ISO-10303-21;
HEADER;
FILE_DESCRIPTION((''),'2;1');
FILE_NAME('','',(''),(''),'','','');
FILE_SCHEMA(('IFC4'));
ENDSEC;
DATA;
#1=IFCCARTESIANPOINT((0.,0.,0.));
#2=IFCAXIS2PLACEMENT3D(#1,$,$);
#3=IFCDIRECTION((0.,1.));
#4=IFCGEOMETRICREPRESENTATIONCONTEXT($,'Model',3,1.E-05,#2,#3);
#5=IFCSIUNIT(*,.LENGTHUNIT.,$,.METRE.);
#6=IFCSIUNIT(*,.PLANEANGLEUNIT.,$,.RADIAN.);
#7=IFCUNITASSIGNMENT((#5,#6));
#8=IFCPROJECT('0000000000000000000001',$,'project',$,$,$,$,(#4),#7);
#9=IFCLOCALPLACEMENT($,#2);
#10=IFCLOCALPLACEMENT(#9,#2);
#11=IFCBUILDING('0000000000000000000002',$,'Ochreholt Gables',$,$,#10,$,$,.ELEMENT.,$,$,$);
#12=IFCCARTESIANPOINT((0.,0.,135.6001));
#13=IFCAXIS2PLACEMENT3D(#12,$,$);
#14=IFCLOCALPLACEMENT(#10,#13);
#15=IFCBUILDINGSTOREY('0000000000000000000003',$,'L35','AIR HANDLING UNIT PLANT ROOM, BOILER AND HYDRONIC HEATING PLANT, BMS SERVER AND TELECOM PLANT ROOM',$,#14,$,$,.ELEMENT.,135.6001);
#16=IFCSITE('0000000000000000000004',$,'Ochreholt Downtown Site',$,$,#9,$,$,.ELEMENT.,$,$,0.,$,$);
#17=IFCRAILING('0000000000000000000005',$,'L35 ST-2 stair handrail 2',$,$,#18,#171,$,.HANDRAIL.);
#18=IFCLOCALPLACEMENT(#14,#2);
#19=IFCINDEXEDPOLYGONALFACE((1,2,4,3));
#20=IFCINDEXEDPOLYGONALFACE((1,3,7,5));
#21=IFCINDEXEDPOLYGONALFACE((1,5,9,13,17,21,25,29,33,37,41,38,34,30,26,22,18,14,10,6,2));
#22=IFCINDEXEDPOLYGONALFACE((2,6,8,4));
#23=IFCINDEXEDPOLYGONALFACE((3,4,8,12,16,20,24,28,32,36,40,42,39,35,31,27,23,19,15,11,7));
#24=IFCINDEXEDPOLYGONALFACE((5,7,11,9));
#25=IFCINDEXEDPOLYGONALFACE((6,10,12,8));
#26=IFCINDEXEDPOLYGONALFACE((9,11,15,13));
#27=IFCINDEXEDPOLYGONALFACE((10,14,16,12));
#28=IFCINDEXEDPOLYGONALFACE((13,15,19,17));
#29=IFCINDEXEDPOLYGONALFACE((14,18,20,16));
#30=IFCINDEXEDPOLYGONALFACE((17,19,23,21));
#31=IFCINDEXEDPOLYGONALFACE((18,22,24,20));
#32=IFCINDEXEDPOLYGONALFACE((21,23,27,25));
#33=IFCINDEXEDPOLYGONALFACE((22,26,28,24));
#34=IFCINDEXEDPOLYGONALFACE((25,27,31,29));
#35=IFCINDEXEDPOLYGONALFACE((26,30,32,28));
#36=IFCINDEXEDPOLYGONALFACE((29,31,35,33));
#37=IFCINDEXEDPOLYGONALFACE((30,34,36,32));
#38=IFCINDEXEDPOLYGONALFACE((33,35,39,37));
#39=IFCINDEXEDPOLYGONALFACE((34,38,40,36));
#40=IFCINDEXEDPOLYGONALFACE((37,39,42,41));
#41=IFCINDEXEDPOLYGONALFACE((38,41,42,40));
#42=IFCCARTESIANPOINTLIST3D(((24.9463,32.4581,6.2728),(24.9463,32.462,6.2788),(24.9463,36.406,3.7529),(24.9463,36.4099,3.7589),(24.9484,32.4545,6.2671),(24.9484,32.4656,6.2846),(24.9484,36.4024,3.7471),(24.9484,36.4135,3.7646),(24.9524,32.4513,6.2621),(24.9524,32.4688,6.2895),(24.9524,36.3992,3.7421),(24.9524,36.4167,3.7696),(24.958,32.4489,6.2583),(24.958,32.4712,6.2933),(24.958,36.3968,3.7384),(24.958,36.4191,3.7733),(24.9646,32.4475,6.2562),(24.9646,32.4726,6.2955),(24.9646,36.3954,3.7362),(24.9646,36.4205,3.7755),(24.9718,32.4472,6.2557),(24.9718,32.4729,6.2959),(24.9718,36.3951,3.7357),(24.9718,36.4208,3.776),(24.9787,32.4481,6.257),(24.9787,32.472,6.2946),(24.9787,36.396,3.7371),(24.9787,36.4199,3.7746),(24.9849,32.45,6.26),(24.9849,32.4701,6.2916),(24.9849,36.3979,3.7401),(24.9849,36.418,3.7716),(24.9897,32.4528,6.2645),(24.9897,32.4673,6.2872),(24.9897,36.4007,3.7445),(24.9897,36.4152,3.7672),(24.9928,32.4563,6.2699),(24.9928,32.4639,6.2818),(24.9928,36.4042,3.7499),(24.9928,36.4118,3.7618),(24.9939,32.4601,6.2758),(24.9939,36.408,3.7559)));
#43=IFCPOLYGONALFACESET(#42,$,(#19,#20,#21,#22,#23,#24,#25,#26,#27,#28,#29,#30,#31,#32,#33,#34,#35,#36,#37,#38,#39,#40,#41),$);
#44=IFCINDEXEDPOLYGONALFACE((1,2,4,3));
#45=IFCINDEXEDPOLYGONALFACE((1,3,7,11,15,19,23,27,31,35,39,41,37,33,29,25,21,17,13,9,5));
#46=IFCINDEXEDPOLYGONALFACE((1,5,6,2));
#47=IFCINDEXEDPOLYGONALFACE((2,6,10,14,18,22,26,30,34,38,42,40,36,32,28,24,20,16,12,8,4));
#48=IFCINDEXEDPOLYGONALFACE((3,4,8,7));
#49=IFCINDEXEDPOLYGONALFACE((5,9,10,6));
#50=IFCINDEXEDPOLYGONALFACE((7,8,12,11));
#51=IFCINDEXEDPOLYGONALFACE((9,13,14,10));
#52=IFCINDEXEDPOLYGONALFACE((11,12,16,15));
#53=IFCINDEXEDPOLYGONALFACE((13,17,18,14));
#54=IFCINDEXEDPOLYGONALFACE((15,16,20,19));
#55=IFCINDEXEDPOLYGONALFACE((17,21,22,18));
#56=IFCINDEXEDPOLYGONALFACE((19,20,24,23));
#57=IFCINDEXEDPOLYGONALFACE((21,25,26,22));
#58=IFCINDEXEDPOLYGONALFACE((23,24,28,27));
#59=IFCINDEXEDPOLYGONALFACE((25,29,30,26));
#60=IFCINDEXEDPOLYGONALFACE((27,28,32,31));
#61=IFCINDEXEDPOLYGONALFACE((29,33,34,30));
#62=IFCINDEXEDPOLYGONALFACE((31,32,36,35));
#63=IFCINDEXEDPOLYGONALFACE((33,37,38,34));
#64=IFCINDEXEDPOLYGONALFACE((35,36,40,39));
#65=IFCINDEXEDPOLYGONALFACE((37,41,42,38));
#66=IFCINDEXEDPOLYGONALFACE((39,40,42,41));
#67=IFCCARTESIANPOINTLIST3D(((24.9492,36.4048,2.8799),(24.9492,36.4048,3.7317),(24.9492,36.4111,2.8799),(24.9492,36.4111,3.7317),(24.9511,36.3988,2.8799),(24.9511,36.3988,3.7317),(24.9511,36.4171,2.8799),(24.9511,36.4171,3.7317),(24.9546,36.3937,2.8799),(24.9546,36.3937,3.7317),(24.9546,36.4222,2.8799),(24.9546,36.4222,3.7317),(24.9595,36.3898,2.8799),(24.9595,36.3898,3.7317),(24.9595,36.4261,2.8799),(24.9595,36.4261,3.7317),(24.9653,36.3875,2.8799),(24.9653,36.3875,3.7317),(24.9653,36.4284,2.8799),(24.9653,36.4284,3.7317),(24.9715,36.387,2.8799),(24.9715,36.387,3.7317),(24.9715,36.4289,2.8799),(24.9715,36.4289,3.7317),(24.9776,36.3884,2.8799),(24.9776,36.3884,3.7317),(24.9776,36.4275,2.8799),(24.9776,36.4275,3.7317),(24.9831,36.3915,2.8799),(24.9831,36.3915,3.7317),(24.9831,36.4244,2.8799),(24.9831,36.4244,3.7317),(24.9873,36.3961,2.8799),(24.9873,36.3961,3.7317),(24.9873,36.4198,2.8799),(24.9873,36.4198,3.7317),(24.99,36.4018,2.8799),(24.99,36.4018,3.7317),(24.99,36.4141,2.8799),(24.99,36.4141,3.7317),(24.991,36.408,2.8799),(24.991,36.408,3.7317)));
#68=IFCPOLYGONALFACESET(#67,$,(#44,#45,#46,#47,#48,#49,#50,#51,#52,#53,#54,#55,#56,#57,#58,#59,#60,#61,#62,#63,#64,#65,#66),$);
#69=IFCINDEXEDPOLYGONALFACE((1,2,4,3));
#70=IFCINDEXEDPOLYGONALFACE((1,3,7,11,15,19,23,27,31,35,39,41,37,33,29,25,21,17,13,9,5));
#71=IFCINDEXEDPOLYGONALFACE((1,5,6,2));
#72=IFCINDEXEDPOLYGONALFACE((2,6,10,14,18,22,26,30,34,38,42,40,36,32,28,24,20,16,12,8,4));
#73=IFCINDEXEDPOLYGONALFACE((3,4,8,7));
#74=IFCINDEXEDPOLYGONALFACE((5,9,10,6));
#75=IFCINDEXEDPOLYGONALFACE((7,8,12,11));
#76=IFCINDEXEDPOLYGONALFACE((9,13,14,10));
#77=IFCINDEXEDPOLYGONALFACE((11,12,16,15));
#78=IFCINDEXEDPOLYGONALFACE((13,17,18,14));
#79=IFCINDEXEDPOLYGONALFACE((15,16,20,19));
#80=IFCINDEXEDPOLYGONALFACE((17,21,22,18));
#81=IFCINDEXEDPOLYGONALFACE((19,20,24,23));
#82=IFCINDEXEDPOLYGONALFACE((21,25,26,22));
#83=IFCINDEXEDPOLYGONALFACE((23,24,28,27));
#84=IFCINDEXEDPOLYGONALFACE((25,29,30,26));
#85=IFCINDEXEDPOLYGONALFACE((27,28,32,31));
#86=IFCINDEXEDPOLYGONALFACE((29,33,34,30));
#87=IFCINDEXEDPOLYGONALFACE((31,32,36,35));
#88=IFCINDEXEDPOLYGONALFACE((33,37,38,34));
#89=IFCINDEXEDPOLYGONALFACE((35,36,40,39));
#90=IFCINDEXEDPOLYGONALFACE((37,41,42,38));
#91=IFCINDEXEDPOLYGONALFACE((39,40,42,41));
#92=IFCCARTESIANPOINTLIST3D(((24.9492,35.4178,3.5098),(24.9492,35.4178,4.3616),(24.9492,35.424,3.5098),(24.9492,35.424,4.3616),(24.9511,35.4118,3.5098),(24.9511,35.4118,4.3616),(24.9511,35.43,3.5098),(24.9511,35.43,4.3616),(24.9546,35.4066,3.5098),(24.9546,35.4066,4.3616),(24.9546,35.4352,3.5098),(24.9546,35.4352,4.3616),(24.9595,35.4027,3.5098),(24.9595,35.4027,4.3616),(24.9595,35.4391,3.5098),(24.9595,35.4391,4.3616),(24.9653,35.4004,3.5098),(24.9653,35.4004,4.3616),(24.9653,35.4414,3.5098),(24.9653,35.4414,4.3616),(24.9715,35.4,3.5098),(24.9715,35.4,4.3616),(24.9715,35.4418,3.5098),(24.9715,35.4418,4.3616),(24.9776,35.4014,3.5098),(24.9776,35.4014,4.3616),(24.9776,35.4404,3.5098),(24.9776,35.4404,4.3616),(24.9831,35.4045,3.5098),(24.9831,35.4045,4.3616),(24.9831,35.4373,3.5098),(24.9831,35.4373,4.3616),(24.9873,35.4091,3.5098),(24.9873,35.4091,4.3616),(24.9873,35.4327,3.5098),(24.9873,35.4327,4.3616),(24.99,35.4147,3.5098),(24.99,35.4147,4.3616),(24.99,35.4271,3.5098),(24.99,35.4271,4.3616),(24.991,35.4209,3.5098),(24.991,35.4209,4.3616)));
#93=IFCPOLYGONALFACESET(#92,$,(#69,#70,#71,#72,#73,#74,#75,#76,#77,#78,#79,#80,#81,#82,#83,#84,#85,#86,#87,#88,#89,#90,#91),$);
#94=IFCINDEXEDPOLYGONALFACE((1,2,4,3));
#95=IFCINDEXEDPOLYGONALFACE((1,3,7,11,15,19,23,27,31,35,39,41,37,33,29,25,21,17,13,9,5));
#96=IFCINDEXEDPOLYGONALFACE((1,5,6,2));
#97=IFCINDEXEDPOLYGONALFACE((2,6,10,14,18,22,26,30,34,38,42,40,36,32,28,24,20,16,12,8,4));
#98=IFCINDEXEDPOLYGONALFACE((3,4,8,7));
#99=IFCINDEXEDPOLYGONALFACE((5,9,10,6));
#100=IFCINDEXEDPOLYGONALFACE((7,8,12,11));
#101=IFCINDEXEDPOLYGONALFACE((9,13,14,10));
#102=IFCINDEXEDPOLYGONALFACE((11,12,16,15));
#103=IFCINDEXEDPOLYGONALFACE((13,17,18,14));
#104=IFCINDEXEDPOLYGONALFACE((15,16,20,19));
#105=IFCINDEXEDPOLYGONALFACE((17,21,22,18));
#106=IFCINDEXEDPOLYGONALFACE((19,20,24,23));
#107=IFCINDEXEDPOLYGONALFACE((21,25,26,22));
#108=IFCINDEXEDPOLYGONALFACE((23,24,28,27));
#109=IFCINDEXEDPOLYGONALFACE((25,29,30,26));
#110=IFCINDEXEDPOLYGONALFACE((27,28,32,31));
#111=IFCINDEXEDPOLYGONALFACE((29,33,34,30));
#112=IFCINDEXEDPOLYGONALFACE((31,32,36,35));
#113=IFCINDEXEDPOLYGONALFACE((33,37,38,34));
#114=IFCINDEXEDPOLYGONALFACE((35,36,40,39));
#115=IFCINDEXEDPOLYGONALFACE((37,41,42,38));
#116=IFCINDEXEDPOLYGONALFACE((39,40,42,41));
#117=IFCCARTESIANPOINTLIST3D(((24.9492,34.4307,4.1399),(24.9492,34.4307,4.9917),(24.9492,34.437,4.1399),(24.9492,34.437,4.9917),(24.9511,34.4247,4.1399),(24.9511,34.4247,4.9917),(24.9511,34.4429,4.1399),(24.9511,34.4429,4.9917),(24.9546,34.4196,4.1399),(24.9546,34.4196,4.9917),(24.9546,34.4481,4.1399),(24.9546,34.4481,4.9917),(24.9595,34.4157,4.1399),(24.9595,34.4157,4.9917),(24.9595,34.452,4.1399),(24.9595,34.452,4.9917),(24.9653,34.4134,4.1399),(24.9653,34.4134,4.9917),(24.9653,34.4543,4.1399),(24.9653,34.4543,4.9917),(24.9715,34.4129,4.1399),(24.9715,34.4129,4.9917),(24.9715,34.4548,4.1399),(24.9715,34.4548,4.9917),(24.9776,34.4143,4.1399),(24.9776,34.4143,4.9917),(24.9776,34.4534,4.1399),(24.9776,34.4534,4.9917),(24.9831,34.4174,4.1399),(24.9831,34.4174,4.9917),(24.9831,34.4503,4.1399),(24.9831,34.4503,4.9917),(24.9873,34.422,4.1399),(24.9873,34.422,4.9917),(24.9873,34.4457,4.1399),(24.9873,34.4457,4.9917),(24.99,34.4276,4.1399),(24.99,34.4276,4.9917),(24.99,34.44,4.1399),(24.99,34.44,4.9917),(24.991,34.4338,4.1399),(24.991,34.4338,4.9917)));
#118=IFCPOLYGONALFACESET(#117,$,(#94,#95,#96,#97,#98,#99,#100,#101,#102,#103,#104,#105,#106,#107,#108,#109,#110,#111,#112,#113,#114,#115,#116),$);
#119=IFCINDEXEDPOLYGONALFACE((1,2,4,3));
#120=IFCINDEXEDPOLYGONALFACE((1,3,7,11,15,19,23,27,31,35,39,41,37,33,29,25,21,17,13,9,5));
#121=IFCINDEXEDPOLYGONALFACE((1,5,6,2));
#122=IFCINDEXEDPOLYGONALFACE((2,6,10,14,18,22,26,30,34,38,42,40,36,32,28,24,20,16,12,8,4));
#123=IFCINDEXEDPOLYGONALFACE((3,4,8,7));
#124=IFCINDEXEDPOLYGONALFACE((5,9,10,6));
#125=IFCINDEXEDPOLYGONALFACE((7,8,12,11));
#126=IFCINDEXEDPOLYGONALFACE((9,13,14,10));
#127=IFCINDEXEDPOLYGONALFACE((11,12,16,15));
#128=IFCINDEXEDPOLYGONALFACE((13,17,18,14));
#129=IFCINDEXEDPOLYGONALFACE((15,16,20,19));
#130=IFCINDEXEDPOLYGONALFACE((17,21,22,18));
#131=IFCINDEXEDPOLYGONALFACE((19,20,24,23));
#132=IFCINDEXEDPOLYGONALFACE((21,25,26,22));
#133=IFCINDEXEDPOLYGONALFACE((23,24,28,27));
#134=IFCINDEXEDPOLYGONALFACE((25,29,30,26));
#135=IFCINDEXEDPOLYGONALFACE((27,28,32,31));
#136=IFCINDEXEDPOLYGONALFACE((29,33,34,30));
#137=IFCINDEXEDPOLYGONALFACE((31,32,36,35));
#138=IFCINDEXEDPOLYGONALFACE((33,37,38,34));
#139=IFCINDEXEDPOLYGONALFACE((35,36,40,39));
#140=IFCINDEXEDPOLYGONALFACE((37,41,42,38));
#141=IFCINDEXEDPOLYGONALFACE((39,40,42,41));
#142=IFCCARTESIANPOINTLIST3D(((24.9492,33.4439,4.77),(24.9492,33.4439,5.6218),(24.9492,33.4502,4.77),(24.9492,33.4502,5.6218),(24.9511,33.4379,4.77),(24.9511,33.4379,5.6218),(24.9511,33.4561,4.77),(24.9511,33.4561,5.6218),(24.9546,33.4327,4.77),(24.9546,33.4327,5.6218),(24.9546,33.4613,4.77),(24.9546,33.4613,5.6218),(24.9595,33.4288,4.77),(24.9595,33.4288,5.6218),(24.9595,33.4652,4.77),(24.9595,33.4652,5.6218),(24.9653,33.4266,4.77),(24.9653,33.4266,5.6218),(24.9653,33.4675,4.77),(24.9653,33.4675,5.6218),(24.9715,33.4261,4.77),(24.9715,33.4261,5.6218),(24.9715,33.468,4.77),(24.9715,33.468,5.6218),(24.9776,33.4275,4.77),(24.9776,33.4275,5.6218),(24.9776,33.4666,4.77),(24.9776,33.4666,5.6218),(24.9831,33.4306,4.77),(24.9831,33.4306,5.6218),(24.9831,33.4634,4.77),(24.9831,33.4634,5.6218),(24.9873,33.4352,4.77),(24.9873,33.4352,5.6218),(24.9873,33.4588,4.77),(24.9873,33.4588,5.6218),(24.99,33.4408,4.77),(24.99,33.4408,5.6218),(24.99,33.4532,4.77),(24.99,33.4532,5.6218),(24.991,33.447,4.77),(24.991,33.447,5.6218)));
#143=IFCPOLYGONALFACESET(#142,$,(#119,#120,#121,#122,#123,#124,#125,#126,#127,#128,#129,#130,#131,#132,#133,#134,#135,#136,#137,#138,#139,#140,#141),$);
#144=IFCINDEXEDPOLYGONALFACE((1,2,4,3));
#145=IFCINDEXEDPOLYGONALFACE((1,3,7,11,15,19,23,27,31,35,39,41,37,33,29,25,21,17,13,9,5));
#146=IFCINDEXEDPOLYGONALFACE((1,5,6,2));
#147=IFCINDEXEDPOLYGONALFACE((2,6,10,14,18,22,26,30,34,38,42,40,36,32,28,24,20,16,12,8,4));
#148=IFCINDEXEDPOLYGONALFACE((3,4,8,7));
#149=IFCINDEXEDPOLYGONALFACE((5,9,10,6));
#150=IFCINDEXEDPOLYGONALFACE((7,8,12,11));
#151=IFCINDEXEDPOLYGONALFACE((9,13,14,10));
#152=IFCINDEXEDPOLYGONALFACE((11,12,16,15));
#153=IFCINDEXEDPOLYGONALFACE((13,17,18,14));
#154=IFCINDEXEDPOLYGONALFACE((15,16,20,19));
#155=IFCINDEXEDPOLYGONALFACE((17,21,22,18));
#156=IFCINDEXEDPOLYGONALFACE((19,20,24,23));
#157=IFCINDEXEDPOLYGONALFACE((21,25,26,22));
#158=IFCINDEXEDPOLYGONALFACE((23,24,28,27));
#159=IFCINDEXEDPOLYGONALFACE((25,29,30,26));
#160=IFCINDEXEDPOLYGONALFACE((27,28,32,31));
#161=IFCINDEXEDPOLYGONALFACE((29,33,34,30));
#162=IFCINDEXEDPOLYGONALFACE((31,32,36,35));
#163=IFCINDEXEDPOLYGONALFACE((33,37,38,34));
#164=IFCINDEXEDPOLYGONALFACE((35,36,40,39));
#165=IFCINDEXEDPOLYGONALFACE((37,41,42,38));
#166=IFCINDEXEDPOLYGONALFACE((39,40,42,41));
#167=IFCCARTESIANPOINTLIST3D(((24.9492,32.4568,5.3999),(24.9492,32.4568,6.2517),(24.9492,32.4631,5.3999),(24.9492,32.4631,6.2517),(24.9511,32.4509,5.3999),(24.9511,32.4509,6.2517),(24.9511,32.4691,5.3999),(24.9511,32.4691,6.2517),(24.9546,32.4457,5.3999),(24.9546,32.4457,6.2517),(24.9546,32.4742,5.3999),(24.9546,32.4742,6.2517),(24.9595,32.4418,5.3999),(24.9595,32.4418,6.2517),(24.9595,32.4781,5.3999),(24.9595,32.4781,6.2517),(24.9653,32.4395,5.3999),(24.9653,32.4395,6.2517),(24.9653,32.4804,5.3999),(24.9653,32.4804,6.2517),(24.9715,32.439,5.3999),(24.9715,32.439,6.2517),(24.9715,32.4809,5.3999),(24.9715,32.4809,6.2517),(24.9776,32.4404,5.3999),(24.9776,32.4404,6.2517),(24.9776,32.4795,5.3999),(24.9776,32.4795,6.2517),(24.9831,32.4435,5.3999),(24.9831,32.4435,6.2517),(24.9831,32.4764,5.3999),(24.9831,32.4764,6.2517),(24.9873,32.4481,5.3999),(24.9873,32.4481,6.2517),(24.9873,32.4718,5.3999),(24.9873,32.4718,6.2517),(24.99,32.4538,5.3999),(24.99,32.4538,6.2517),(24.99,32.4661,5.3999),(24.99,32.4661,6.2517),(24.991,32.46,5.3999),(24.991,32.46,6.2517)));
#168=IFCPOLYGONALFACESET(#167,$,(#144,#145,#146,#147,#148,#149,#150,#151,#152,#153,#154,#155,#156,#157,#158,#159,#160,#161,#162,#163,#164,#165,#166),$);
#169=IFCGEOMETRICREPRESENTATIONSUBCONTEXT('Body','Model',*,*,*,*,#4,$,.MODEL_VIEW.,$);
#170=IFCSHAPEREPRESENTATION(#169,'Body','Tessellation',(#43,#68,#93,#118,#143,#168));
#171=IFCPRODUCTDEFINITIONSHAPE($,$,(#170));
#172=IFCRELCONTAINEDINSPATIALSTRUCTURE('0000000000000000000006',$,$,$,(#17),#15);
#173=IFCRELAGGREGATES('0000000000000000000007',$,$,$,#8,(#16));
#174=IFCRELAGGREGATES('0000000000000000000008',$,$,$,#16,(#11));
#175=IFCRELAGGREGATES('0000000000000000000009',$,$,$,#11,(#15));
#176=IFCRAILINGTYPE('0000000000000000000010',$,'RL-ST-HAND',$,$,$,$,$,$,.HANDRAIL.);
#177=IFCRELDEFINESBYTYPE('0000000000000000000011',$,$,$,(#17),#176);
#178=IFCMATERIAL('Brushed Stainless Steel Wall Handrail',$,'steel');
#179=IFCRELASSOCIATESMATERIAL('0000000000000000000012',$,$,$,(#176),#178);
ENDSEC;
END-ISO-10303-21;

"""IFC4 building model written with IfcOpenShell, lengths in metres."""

from ifc_helpers import new_model, si_unit, direction, frame, origin, origin_2d, place, context, subcontext, project, spatial, circle, extrude, material, type_object, element, save


model = new_model("IFC4")

# Units and contexts
model_context = context("Model", 3, precision=1e-05, world=origin(), true_north=direction((0.0, 1.0)))
body_context = subcontext(model_context, "Body", "Model", "MODEL_VIEW")
ifc_project = project(units=[si_unit("LENGTHUNIT", "METRE"), si_unit("PLANEANGLEUNIT", "RADIAN")], contexts=[model_context])

# Site, building, storey
site_placement = place(None, origin())
site = spatial("IfcSite", under=ifc_project, at=site_placement, Name="Ochreholt Downtown Site", CompositionType="ELEMENT", RefElevation=0.0)
building_placement = place(site_placement, origin())
building = spatial("IfcBuilding", under=site, at=building_placement, Name="Ochreholt Gables", CompositionType="ELEMENT")
storey_placement = place(building_placement, frame((0.0, 0.0, 135.6001)))
storey = spatial("IfcBuildingStorey", under=building, at=storey_placement, Name="L35", Description="AIR HANDLING UNIT PLANT ROOM, BOILER AND HYDRONIC HEATING PLANT, BMS SERVER AND TELECOM PLANT ROOM", CompositionType="ELEMENT", Elevation=135.6001)

# Railing
ifc_material_1 = material(Name="Brushed Stainless Steel Wall Handrail", Category="steel")
railing_type_1 = type_object("IfcRailingType", Name="RL-ST-HAND", PredefinedType="HANDRAIL", material=ifc_material_1)
railing_1_placement = place(storey_placement, frame((24.97, 36.408, 2.8799)))
element("IfcRailing", 1, at=railing_1_placement, inside=storey, type_object=railing_type_1, Name="L35 ST-2 stair handrail 2", PredefinedType="HANDRAIL", context=body_context, shape_type="SweptSolid", body=[
    extrude(circle(Radius=0.0239, at=origin_2d()), frame((0.0, 0.0, 0.876), z_axis=(0.0, -0.84292, 0.538039), x_axis=(1.0, 0.0, 0.0)), (0.0, 0.0, 1.0), 4.6836),
    extrude(circle(Radius=0.021, at=origin_2d()), origin(), (0.0, 0.0, 1.0), 0.8518),
    extrude(circle(Radius=0.021, at=origin_2d()), frame((0.0, -0.9871, 0.6299)), (0.0, 0.0, 1.0), 0.8518),
    extrude(circle(Radius=0.021, at=origin_2d()), frame((0.0, -1.9741, 1.26)), (0.0, 0.0, 1.0), 0.8518),
    extrude(circle(Radius=0.021, at=origin_2d()), frame((0.0, -2.9609, 1.8901)), (0.0, 0.0, 1.0), 0.8518),
    extrude(circle(Radius=0.021, at=origin_2d()), frame((0.0, -3.948, 2.52)), (0.0, 0.0, 1.0), 0.8518),
])

save(model, "model.ifc")
